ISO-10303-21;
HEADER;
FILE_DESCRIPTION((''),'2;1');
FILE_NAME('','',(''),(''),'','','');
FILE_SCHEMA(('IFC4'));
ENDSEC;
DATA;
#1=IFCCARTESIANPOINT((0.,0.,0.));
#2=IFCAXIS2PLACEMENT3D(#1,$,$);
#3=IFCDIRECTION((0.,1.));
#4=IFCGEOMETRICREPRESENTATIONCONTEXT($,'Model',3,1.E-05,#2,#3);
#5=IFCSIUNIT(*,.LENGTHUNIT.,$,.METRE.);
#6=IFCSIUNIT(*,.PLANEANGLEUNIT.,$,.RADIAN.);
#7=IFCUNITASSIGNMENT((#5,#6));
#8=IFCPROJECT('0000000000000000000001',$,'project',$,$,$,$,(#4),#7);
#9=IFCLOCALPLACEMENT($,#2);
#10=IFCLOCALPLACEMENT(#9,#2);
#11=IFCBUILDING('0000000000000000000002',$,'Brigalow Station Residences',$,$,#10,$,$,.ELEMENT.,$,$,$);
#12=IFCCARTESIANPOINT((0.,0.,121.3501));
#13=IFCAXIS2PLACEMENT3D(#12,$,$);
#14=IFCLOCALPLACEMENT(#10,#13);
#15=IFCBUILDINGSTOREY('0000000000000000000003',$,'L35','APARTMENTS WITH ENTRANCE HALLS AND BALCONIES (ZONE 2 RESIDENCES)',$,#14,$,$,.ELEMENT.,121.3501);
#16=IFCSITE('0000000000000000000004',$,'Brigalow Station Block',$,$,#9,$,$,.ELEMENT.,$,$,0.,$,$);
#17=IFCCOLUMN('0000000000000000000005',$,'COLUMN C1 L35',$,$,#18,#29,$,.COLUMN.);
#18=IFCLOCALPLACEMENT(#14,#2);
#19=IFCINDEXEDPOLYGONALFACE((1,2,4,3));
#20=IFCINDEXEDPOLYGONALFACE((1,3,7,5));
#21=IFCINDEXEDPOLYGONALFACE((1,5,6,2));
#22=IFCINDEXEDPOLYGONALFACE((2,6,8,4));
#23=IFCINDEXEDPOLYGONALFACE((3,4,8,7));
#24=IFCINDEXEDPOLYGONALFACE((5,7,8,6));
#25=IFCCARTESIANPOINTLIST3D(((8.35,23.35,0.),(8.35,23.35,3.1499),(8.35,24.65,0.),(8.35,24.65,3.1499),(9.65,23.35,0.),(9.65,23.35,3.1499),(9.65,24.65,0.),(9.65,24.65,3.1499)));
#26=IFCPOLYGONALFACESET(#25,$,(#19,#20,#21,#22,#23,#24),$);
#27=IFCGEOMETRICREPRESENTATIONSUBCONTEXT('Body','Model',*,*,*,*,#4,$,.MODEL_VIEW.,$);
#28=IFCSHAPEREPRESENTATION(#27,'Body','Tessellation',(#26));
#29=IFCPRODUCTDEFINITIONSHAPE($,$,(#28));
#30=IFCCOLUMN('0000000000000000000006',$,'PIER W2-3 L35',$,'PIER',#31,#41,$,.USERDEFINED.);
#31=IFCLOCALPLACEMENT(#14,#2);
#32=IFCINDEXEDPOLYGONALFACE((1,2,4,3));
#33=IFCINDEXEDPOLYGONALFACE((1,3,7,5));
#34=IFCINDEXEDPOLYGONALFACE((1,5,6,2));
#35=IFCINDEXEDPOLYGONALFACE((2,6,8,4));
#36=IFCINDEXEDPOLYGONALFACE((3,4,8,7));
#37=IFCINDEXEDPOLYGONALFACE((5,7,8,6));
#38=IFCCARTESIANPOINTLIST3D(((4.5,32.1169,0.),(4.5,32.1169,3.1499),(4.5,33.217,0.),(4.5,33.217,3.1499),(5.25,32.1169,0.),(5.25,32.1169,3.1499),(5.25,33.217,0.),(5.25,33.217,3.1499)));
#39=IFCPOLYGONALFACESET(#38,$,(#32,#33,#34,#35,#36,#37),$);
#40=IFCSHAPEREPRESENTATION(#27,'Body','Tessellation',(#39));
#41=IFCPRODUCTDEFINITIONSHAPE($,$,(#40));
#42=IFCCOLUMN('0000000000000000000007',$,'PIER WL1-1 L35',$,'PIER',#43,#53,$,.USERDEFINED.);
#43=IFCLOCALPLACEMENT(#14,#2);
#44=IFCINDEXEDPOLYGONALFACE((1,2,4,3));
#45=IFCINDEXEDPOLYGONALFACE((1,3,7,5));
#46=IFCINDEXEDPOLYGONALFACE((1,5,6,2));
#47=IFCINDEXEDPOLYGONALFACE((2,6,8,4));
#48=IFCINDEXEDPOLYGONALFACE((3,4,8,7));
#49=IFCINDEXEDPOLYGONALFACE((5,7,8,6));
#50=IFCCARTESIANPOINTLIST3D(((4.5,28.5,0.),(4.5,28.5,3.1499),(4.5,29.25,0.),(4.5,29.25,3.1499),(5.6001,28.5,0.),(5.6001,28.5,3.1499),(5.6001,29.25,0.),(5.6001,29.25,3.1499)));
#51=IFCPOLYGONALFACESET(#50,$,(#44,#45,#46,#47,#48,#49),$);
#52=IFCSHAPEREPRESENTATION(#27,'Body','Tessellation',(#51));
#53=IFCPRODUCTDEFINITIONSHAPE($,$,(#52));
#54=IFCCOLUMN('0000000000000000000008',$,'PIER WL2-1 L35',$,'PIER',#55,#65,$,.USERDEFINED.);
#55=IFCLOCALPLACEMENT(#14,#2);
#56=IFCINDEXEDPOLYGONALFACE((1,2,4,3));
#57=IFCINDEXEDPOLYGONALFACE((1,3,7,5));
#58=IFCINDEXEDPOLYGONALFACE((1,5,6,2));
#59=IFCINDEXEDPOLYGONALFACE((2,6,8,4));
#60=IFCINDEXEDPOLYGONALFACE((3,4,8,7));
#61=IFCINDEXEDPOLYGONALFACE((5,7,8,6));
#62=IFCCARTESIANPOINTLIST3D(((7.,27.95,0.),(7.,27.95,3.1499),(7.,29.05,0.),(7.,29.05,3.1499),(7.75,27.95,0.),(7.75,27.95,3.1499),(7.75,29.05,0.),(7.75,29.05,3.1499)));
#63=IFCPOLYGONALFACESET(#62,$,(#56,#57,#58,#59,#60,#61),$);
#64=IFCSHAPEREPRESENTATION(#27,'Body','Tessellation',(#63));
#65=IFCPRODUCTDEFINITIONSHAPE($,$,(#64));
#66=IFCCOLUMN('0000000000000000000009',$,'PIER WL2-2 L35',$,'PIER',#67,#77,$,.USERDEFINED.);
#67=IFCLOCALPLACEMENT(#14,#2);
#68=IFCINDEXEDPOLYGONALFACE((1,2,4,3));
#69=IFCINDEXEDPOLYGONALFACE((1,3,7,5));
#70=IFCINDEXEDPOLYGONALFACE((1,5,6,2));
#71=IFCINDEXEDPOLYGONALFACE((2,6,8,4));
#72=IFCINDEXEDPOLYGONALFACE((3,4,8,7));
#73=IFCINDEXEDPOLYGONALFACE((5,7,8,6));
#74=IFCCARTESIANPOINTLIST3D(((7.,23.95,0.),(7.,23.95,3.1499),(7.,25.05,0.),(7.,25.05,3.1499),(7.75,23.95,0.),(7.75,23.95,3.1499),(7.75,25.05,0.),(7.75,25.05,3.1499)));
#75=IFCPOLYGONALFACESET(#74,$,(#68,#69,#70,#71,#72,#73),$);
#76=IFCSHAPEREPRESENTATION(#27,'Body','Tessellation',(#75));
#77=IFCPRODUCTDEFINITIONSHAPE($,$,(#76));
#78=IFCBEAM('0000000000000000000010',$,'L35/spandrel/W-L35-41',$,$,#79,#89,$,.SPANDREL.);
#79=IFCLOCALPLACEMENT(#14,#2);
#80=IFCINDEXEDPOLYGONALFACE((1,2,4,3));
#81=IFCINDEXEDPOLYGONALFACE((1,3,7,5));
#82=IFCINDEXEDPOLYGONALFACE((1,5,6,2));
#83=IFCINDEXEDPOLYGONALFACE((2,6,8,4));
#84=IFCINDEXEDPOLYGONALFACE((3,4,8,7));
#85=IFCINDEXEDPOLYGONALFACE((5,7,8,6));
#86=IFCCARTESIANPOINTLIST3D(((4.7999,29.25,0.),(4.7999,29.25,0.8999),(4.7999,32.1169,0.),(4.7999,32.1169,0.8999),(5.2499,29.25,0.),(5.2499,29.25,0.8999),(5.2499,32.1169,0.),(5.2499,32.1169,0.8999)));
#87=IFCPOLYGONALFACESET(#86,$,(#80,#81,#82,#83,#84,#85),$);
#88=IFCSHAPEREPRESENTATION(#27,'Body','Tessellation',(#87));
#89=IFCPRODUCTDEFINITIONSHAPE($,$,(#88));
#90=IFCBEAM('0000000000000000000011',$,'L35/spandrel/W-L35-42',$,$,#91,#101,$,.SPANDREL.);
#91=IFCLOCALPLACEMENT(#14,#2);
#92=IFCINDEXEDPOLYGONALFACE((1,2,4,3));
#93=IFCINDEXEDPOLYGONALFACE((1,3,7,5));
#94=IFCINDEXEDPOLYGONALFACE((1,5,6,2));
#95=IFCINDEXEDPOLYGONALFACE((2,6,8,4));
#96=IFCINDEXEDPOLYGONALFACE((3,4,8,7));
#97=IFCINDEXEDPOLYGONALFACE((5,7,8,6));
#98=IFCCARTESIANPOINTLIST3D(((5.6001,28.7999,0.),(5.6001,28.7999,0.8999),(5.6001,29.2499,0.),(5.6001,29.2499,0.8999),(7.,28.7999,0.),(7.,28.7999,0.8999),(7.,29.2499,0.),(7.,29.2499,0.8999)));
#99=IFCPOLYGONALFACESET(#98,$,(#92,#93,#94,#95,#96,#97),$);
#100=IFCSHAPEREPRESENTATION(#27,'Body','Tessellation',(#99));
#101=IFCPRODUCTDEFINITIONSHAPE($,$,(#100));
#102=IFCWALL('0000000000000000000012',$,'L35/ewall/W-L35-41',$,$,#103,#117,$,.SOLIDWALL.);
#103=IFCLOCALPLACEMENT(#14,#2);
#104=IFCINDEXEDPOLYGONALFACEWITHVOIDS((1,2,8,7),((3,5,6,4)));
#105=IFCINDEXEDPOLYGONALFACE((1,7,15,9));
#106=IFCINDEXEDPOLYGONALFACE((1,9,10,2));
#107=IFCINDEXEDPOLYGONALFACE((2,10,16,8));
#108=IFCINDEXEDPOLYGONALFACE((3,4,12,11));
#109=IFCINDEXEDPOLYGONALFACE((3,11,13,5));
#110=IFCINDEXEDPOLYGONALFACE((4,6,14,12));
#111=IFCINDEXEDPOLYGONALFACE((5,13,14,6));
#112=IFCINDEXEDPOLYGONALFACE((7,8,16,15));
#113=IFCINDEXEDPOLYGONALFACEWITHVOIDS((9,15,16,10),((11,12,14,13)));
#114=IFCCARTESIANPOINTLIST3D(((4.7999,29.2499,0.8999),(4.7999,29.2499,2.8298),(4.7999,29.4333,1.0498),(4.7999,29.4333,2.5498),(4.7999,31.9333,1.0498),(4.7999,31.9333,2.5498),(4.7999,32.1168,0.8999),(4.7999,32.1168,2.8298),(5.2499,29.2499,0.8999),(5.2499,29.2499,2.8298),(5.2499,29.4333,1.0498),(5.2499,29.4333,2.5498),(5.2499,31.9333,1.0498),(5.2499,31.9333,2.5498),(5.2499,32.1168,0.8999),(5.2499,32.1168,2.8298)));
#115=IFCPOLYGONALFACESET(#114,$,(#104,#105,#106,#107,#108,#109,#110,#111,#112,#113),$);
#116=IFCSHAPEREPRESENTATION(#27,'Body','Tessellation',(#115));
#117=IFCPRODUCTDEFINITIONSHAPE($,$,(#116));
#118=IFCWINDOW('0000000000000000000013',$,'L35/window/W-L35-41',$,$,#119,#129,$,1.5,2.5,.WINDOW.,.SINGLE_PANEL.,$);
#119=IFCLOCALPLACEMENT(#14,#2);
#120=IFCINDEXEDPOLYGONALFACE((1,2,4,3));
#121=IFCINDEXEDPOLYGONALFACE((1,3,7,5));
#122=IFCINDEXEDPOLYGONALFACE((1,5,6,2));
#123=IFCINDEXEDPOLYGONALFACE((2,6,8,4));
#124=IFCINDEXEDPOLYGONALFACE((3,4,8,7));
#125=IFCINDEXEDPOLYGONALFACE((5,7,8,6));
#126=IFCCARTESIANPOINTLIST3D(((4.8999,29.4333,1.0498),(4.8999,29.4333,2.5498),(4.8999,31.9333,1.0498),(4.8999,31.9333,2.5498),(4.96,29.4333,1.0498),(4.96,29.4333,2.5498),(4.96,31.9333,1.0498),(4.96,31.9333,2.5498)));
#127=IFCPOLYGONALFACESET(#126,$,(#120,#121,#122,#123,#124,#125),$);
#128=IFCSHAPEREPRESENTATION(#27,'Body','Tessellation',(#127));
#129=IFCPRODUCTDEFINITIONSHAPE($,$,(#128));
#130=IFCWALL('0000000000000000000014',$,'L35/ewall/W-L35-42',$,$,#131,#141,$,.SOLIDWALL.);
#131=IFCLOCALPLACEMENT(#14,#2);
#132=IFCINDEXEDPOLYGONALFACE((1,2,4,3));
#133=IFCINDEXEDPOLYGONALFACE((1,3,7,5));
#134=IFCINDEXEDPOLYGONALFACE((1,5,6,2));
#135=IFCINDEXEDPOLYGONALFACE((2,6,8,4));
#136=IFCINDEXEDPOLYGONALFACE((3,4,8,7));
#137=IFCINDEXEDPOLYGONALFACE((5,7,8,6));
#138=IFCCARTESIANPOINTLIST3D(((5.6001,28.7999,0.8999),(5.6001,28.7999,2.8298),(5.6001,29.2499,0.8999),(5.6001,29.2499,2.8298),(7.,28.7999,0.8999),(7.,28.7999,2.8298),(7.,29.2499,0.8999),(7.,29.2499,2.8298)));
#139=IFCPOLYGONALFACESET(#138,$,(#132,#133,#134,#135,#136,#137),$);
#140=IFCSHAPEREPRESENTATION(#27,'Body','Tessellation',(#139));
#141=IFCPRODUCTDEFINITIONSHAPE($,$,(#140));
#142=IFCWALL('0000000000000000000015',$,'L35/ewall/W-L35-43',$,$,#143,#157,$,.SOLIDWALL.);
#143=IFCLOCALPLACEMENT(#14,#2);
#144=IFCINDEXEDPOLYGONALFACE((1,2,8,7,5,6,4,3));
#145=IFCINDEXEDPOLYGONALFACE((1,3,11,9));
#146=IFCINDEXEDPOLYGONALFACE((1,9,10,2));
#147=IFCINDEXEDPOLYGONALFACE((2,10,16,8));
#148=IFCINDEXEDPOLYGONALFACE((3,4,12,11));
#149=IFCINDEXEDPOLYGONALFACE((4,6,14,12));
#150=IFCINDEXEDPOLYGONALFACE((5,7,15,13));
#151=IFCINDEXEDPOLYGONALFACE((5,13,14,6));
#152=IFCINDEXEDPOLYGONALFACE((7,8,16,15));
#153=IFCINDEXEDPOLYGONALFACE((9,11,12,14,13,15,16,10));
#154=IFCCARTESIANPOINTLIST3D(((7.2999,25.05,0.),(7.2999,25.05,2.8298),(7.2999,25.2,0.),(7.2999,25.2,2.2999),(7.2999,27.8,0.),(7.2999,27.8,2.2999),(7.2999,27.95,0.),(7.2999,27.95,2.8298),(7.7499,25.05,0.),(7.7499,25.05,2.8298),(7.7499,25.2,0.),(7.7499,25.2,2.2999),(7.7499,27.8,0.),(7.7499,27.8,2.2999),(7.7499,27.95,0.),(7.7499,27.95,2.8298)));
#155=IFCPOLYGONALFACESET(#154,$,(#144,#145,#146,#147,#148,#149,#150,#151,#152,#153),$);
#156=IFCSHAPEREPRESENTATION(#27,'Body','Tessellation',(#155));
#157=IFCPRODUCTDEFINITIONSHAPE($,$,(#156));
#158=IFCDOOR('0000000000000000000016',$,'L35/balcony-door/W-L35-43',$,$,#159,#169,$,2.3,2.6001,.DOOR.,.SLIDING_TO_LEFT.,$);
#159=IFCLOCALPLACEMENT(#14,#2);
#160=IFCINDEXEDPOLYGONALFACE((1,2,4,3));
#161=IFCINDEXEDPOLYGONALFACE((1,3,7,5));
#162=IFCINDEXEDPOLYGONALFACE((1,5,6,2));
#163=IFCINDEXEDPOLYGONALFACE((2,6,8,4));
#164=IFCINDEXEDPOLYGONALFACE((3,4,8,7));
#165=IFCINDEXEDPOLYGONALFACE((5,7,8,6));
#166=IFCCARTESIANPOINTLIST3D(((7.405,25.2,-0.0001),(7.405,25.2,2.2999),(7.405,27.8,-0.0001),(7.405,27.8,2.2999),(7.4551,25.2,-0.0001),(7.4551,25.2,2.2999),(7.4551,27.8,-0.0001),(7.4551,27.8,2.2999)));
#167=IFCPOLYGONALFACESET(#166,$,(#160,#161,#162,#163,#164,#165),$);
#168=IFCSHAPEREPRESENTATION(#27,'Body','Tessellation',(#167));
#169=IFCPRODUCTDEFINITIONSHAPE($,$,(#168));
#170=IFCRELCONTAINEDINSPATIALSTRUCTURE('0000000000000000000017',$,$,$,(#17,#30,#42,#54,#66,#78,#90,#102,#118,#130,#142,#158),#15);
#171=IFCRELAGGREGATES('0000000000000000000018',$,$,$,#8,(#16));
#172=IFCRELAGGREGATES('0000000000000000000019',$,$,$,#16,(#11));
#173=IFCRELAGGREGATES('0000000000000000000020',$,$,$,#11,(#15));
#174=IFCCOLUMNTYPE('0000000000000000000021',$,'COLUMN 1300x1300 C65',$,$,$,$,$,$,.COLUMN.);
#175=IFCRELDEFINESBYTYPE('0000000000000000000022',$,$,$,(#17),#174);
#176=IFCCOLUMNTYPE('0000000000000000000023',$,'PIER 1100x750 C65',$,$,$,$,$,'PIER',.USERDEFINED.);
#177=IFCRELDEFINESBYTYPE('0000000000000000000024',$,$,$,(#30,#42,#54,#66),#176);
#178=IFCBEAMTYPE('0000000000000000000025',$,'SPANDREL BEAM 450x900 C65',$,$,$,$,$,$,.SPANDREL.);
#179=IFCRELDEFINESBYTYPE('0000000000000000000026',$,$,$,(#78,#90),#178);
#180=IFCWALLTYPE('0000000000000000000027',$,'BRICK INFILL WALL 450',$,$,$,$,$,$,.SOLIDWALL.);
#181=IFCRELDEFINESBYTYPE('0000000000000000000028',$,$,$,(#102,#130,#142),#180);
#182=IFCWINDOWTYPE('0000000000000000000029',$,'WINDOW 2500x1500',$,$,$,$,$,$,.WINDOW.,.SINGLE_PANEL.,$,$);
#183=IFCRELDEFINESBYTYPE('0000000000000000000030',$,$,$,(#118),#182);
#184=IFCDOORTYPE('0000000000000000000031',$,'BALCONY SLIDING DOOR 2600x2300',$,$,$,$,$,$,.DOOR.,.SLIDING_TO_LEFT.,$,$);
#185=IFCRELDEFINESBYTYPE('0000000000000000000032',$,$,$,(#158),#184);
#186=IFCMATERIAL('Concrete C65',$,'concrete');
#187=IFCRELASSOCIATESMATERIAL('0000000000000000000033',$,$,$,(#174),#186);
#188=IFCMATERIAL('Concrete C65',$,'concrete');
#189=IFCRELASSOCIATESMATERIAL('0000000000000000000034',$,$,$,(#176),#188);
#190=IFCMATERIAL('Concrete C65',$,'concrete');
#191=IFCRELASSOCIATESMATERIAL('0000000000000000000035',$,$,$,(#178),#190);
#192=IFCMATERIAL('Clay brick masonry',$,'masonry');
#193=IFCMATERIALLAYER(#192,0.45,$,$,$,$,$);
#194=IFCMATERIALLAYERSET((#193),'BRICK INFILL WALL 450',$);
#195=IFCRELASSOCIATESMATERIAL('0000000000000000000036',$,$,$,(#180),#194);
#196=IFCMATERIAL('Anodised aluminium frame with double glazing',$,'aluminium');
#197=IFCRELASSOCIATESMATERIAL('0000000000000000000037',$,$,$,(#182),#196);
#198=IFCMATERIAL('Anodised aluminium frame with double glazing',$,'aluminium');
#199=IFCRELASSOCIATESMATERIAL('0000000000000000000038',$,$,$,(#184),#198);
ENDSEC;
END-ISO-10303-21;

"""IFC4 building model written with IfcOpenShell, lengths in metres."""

from ifc_helpers import new_model, si_unit, direction, frame, frame_2d, origin, origin_2d, place, context, subcontext, project, spatial, rectangle, extrude, material, layer, layer_set, material_profile, profile_set, type_object, element, fill, save


model = new_model("IFC4")

# Units and contexts
model_context = context("Model", 3, precision=1e-05, world=origin(), true_north=direction((0.0, 1.0)))
body_context = subcontext(model_context, "Body", "Model", "MODEL_VIEW")
ifc_project = project(units=[si_unit("LENGTHUNIT", "METRE"), si_unit("PLANEANGLEUNIT", "RADIAN")], contexts=[model_context])

# Site, building, storey
site_placement = place(None, origin())
site = spatial("IfcSite", under=ifc_project, at=site_placement, Name="Brigalow Station Block", CompositionType="ELEMENT", RefElevation=0.0)
building_placement = place(site_placement, origin())
building = spatial("IfcBuilding", under=site, at=building_placement, Name="Brigalow Station Residences", CompositionType="ELEMENT")
storey_placement = place(building_placement, frame((0.0, 0.0, 121.3501)))
storey = spatial("IfcBuildingStorey", under=building, at=storey_placement, Name="L35", Description="APARTMENTS WITH ENTRANCE HALLS AND BALCONIES (ZONE 2 RESIDENCES)", CompositionType="ELEMENT", Elevation=121.3501)

# Columns
ifc_material_1 = material(Name="Concrete C65", Category="concrete")
ifc_material_profile_1 = material_profile(ifc_material_1, rectangle(XDim=1.3, YDim=1.3, at=origin_2d()), Name="RC1300x1300")
ifc_profile_set_1 = profile_set([ifc_material_profile_1], Name="Concrete C65")
column_type_1 = type_object("IfcColumnType", Name="COLUMN 1300x1300 C65", PredefinedType="COLUMN", material=ifc_profile_set_1)
column_placement = place(storey_placement, frame((9.0, 24.0, 0.0), z_axis=(0.0, 0.0, 1.0), x_axis=(1.0, 0.0, 0.0)))
element("IfcColumn", 1, at=column_placement, inside=storey, type_object=column_type_1, Name="COLUMN C1 L35", PredefinedType="COLUMN", context=body_context, shape_type="SweptSolid", body=[
    extrude(rectangle(XDim=1.3, YDim=1.3, at=origin_2d()), origin(), (0.0, 0.0, 1.0), 3.1499),
])
ifc_material_2 = material(Name="Concrete C65", Category="concrete")
ifc_material_profile_2 = material_profile(ifc_material_2, rectangle(XDim=1.1001, YDim=0.75, at=origin_2d()), Name="RC1100x750")
ifc_profile_set_2 = profile_set([ifc_material_profile_2], Name="Concrete C65")
column_type_2 = type_object("IfcColumnType", Name="PIER 1100x750 C65", ElementType="PIER", PredefinedType="USERDEFINED", material=ifc_profile_set_2)
for number, where, z_axis, x_axis, name in (
    (2, (4.875, 32.667, 0.0), (0.0, 0.0, 1.0), (0.0, -1.0, 0.0), "PIER W2-3 L35"),
    (3, (5.05, 28.875, 0.0), (0.0, 0.0, 1.0), (1.0, 0.0, 0.0), "PIER WL1-1 L35"),
    (4, (7.375, 28.5, 0.0), (0.0, 0.0, 1.0), (0.0, -1.0, 0.0), "PIER WL2-1 L35"),
    (5, (7.375, 24.5, 0.0), (0.0, 0.0, 1.0), (0.0, -1.0, 0.0), "PIER WL2-2 L35"),
):
    element("IfcColumn", number, at=place(storey_placement, frame(where, z_axis=z_axis, x_axis=x_axis)), inside=storey, type_object=column_type_2, Name=name, ObjectType="PIER", PredefinedType="USERDEFINED", context=body_context, shape_type="SweptSolid", body=[
        extrude(rectangle(XDim=1.1001, YDim=0.75, at=origin_2d()), origin(), (0.0, 0.0, 1.0), 3.1499),
    ])

# Beams
ifc_material_3 = material(Name="Concrete C65", Category="concrete")
ifc_material_profile_3 = material_profile(ifc_material_3, rectangle(XDim=0.45, YDim=0.8999, at=origin_2d()), Name="RC450x900")
ifc_profile_set_3 = profile_set([ifc_material_profile_3], Name="Concrete C65")
beam_type = type_object("IfcBeamType", Name="SPANDREL BEAM 450x900 C65", PredefinedType="SPANDREL", material=ifc_profile_set_3)
beam_1_placement = place(storey_placement, frame((5.0249, 32.1169, 0.45), z_axis=(0.0, -1.0, 0.0), x_axis=(1.0, 0.0, 0.0)))
element("IfcBeam", 6, at=beam_1_placement, inside=storey, type_object=beam_type, Name="L35/spandrel/W-L35-41", PredefinedType="SPANDREL", context=body_context, shape_type="SweptSolid", body=[
    extrude(rectangle(XDim=0.45, YDim=0.8999, at=origin_2d()), origin(), (0.0, 0.0, 1.0), 2.8669),
])
beam_2_placement = place(storey_placement, frame((5.6001, 29.0249, 0.45), z_axis=(1.0, 0.0, 0.0), x_axis=(0.0, 1.0, 0.0)))
element("IfcBeam", 7, at=beam_2_placement, inside=storey, type_object=beam_type, Name="L35/spandrel/W-L35-42", PredefinedType="SPANDREL", context=body_context, shape_type="SweptSolid", body=[
    extrude(rectangle(XDim=0.45, YDim=0.8999, at=origin_2d()), origin(), (0.0, 0.0, 1.0), 1.3999),
])

# Wall, opening, window
ifc_material_4 = material(Name="Clay brick masonry", Category="masonry")
ifc_layer_1 = layer(ifc_material_4, 0.45)
ifc_layer_set_1 = layer_set([ifc_layer_1], Name="BRICK INFILL WALL 450")
wall_type_1 = type_object("IfcWallType", Name="BRICK INFILL WALL 450", PredefinedType="SOLIDWALL", material=ifc_layer_set_1)
wall_1_placement = place(storey_placement, frame((5.0249, 32.1169, 0.8999), z_axis=(0.0, 0.0, 1.0), x_axis=(0.0, -1.0, 0.0)))
wall_1 = element("IfcWall", 8, at=wall_1_placement, inside=storey, type_object=wall_type_1, Name="L35/ewall/W-L35-41", PredefinedType="SOLIDWALL", context=body_context, shape_type="SweptSolid", body=[
    extrude(rectangle(XDim=2.8669, YDim=0.45, at=frame_2d((1.4336, 0.0))), origin(), (0.0, 0.0, 1.0), 1.9299),
])
opening_1_placement = place(wall_1_placement, frame((0.1836, 0.0, 0.1499)))
opening_1 = element("IfcOpeningElement", 9, at=opening_1_placement, cuts=wall_1, PredefinedType="OPENING", context=body_context, shape_type="SweptSolid", body=[
    extrude(rectangle(XDim=2.5, YDim=1.5, at=frame_2d((1.25, 0.75))), frame((0.0, 0.2349, 0.0), z_axis=(0.0, -1.0, 0.0), x_axis=(1.0, 0.0, 0.0)), (0.0, 0.0, 1.0), 0.47),
])
ifc_material_5 = material(Name="Anodised aluminium frame with double glazing", Category="aluminium")
window_type = type_object("IfcWindowType", Name="WINDOW 2500x1500", PartitioningType="SINGLE_PANEL", PredefinedType="WINDOW", material=ifc_material_5)
window_placement = place(opening_1_placement, origin())
window = element("IfcWindow", 10, at=window_placement, inside=storey, type_object=window_type, Name="L35/window/W-L35-41", OverallHeight=1.5, OverallWidth=2.5, PartitioningType="SINGLE_PANEL", PredefinedType="WINDOW", context=body_context, shape_type="SweptSolid", body=[
    extrude(rectangle(XDim=2.5, YDim=1.5, at=frame_2d((1.25, 0.75))), frame((0.0, -0.0649, 0.0), z_axis=(0.0, -1.0, 0.0), x_axis=(1.0, 0.0, 0.0)), (0.0, 0.0, 1.0), 0.0601),
])
fill(opening_1, window)

# Wall
wall_2_placement = place(storey_placement, frame((5.6001, 29.0249, 0.8999), z_axis=(0.0, 0.0, 1.0), x_axis=(1.0, 0.0, 0.0)))
element("IfcWall", 11, at=wall_2_placement, inside=storey, type_object=wall_type_1, Name="L35/ewall/W-L35-42", PredefinedType="SOLIDWALL", context=body_context, shape_type="SweptSolid", body=[
    extrude(rectangle(XDim=1.3999, YDim=0.45, at=frame_2d((0.7, 0.0))), origin(), (0.0, 0.0, 1.0), 1.9299),
])

# Wall, opening, door
wall_3_placement = place(storey_placement, frame((7.5249, 27.95, 0.0), z_axis=(0.0, 0.0, 1.0), x_axis=(0.0, -1.0, 0.0)))
wall_3 = element("IfcWall", 12, at=wall_3_placement, inside=storey, type_object=wall_type_1, Name="L35/ewall/W-L35-43", PredefinedType="SOLIDWALL", context=body_context, shape_type="SweptSolid", body=[
    extrude(rectangle(XDim=2.8999, YDim=0.45, at=frame_2d((1.45, 0.0))), origin(), (0.0, 0.0, 1.0), 2.8298),
])
opening_2_placement = place(wall_3_placement, frame((0.1499, 0.0, 0.0)))
opening_2 = element("IfcOpeningElement", 13, at=opening_2_placement, cuts=wall_3, PredefinedType="OPENING", context=body_context, shape_type="SweptSolid", body=[
    extrude(rectangle(XDim=2.6001, YDim=2.3, at=frame_2d((1.3, 1.1499))), frame((0.0, 0.2349, 0.0), z_axis=(0.0, -1.0, 0.0), x_axis=(1.0, 0.0, 0.0)), (0.0, 0.0, 1.0), 0.47),
])
ifc_material_6 = material(Name="Anodised aluminium frame with double glazing", Category="aluminium")
door_type_1 = type_object("IfcDoorType", Name="BALCONY SLIDING DOOR 2600x2300", OperationType="SLIDING_TO_LEFT", PredefinedType="DOOR", material=ifc_material_6)
door_1_placement = place(opening_2_placement, origin())
door_1 = element("IfcDoor", 14, at=door_1_placement, inside=storey, type_object=door_type_1, Name="L35/balcony-door/W-L35-43", OperationType="SLIDING_TO_LEFT", OverallHeight=2.3, OverallWidth=2.6001, PredefinedType="DOOR", context=body_context, shape_type="SweptSolid", body=[
    extrude(rectangle(XDim=2.6001, YDim=2.3, at=frame_2d((1.3, 1.1499))), frame((0.0, -0.0698, 0.0), z_axis=(0.0, -1.0, 0.0), x_axis=(1.0, 0.0, 0.0)), (0.0, 0.0, 1.0), 0.05),
])
fill(opening_2, door_1)

save(model, "model.ifc")
